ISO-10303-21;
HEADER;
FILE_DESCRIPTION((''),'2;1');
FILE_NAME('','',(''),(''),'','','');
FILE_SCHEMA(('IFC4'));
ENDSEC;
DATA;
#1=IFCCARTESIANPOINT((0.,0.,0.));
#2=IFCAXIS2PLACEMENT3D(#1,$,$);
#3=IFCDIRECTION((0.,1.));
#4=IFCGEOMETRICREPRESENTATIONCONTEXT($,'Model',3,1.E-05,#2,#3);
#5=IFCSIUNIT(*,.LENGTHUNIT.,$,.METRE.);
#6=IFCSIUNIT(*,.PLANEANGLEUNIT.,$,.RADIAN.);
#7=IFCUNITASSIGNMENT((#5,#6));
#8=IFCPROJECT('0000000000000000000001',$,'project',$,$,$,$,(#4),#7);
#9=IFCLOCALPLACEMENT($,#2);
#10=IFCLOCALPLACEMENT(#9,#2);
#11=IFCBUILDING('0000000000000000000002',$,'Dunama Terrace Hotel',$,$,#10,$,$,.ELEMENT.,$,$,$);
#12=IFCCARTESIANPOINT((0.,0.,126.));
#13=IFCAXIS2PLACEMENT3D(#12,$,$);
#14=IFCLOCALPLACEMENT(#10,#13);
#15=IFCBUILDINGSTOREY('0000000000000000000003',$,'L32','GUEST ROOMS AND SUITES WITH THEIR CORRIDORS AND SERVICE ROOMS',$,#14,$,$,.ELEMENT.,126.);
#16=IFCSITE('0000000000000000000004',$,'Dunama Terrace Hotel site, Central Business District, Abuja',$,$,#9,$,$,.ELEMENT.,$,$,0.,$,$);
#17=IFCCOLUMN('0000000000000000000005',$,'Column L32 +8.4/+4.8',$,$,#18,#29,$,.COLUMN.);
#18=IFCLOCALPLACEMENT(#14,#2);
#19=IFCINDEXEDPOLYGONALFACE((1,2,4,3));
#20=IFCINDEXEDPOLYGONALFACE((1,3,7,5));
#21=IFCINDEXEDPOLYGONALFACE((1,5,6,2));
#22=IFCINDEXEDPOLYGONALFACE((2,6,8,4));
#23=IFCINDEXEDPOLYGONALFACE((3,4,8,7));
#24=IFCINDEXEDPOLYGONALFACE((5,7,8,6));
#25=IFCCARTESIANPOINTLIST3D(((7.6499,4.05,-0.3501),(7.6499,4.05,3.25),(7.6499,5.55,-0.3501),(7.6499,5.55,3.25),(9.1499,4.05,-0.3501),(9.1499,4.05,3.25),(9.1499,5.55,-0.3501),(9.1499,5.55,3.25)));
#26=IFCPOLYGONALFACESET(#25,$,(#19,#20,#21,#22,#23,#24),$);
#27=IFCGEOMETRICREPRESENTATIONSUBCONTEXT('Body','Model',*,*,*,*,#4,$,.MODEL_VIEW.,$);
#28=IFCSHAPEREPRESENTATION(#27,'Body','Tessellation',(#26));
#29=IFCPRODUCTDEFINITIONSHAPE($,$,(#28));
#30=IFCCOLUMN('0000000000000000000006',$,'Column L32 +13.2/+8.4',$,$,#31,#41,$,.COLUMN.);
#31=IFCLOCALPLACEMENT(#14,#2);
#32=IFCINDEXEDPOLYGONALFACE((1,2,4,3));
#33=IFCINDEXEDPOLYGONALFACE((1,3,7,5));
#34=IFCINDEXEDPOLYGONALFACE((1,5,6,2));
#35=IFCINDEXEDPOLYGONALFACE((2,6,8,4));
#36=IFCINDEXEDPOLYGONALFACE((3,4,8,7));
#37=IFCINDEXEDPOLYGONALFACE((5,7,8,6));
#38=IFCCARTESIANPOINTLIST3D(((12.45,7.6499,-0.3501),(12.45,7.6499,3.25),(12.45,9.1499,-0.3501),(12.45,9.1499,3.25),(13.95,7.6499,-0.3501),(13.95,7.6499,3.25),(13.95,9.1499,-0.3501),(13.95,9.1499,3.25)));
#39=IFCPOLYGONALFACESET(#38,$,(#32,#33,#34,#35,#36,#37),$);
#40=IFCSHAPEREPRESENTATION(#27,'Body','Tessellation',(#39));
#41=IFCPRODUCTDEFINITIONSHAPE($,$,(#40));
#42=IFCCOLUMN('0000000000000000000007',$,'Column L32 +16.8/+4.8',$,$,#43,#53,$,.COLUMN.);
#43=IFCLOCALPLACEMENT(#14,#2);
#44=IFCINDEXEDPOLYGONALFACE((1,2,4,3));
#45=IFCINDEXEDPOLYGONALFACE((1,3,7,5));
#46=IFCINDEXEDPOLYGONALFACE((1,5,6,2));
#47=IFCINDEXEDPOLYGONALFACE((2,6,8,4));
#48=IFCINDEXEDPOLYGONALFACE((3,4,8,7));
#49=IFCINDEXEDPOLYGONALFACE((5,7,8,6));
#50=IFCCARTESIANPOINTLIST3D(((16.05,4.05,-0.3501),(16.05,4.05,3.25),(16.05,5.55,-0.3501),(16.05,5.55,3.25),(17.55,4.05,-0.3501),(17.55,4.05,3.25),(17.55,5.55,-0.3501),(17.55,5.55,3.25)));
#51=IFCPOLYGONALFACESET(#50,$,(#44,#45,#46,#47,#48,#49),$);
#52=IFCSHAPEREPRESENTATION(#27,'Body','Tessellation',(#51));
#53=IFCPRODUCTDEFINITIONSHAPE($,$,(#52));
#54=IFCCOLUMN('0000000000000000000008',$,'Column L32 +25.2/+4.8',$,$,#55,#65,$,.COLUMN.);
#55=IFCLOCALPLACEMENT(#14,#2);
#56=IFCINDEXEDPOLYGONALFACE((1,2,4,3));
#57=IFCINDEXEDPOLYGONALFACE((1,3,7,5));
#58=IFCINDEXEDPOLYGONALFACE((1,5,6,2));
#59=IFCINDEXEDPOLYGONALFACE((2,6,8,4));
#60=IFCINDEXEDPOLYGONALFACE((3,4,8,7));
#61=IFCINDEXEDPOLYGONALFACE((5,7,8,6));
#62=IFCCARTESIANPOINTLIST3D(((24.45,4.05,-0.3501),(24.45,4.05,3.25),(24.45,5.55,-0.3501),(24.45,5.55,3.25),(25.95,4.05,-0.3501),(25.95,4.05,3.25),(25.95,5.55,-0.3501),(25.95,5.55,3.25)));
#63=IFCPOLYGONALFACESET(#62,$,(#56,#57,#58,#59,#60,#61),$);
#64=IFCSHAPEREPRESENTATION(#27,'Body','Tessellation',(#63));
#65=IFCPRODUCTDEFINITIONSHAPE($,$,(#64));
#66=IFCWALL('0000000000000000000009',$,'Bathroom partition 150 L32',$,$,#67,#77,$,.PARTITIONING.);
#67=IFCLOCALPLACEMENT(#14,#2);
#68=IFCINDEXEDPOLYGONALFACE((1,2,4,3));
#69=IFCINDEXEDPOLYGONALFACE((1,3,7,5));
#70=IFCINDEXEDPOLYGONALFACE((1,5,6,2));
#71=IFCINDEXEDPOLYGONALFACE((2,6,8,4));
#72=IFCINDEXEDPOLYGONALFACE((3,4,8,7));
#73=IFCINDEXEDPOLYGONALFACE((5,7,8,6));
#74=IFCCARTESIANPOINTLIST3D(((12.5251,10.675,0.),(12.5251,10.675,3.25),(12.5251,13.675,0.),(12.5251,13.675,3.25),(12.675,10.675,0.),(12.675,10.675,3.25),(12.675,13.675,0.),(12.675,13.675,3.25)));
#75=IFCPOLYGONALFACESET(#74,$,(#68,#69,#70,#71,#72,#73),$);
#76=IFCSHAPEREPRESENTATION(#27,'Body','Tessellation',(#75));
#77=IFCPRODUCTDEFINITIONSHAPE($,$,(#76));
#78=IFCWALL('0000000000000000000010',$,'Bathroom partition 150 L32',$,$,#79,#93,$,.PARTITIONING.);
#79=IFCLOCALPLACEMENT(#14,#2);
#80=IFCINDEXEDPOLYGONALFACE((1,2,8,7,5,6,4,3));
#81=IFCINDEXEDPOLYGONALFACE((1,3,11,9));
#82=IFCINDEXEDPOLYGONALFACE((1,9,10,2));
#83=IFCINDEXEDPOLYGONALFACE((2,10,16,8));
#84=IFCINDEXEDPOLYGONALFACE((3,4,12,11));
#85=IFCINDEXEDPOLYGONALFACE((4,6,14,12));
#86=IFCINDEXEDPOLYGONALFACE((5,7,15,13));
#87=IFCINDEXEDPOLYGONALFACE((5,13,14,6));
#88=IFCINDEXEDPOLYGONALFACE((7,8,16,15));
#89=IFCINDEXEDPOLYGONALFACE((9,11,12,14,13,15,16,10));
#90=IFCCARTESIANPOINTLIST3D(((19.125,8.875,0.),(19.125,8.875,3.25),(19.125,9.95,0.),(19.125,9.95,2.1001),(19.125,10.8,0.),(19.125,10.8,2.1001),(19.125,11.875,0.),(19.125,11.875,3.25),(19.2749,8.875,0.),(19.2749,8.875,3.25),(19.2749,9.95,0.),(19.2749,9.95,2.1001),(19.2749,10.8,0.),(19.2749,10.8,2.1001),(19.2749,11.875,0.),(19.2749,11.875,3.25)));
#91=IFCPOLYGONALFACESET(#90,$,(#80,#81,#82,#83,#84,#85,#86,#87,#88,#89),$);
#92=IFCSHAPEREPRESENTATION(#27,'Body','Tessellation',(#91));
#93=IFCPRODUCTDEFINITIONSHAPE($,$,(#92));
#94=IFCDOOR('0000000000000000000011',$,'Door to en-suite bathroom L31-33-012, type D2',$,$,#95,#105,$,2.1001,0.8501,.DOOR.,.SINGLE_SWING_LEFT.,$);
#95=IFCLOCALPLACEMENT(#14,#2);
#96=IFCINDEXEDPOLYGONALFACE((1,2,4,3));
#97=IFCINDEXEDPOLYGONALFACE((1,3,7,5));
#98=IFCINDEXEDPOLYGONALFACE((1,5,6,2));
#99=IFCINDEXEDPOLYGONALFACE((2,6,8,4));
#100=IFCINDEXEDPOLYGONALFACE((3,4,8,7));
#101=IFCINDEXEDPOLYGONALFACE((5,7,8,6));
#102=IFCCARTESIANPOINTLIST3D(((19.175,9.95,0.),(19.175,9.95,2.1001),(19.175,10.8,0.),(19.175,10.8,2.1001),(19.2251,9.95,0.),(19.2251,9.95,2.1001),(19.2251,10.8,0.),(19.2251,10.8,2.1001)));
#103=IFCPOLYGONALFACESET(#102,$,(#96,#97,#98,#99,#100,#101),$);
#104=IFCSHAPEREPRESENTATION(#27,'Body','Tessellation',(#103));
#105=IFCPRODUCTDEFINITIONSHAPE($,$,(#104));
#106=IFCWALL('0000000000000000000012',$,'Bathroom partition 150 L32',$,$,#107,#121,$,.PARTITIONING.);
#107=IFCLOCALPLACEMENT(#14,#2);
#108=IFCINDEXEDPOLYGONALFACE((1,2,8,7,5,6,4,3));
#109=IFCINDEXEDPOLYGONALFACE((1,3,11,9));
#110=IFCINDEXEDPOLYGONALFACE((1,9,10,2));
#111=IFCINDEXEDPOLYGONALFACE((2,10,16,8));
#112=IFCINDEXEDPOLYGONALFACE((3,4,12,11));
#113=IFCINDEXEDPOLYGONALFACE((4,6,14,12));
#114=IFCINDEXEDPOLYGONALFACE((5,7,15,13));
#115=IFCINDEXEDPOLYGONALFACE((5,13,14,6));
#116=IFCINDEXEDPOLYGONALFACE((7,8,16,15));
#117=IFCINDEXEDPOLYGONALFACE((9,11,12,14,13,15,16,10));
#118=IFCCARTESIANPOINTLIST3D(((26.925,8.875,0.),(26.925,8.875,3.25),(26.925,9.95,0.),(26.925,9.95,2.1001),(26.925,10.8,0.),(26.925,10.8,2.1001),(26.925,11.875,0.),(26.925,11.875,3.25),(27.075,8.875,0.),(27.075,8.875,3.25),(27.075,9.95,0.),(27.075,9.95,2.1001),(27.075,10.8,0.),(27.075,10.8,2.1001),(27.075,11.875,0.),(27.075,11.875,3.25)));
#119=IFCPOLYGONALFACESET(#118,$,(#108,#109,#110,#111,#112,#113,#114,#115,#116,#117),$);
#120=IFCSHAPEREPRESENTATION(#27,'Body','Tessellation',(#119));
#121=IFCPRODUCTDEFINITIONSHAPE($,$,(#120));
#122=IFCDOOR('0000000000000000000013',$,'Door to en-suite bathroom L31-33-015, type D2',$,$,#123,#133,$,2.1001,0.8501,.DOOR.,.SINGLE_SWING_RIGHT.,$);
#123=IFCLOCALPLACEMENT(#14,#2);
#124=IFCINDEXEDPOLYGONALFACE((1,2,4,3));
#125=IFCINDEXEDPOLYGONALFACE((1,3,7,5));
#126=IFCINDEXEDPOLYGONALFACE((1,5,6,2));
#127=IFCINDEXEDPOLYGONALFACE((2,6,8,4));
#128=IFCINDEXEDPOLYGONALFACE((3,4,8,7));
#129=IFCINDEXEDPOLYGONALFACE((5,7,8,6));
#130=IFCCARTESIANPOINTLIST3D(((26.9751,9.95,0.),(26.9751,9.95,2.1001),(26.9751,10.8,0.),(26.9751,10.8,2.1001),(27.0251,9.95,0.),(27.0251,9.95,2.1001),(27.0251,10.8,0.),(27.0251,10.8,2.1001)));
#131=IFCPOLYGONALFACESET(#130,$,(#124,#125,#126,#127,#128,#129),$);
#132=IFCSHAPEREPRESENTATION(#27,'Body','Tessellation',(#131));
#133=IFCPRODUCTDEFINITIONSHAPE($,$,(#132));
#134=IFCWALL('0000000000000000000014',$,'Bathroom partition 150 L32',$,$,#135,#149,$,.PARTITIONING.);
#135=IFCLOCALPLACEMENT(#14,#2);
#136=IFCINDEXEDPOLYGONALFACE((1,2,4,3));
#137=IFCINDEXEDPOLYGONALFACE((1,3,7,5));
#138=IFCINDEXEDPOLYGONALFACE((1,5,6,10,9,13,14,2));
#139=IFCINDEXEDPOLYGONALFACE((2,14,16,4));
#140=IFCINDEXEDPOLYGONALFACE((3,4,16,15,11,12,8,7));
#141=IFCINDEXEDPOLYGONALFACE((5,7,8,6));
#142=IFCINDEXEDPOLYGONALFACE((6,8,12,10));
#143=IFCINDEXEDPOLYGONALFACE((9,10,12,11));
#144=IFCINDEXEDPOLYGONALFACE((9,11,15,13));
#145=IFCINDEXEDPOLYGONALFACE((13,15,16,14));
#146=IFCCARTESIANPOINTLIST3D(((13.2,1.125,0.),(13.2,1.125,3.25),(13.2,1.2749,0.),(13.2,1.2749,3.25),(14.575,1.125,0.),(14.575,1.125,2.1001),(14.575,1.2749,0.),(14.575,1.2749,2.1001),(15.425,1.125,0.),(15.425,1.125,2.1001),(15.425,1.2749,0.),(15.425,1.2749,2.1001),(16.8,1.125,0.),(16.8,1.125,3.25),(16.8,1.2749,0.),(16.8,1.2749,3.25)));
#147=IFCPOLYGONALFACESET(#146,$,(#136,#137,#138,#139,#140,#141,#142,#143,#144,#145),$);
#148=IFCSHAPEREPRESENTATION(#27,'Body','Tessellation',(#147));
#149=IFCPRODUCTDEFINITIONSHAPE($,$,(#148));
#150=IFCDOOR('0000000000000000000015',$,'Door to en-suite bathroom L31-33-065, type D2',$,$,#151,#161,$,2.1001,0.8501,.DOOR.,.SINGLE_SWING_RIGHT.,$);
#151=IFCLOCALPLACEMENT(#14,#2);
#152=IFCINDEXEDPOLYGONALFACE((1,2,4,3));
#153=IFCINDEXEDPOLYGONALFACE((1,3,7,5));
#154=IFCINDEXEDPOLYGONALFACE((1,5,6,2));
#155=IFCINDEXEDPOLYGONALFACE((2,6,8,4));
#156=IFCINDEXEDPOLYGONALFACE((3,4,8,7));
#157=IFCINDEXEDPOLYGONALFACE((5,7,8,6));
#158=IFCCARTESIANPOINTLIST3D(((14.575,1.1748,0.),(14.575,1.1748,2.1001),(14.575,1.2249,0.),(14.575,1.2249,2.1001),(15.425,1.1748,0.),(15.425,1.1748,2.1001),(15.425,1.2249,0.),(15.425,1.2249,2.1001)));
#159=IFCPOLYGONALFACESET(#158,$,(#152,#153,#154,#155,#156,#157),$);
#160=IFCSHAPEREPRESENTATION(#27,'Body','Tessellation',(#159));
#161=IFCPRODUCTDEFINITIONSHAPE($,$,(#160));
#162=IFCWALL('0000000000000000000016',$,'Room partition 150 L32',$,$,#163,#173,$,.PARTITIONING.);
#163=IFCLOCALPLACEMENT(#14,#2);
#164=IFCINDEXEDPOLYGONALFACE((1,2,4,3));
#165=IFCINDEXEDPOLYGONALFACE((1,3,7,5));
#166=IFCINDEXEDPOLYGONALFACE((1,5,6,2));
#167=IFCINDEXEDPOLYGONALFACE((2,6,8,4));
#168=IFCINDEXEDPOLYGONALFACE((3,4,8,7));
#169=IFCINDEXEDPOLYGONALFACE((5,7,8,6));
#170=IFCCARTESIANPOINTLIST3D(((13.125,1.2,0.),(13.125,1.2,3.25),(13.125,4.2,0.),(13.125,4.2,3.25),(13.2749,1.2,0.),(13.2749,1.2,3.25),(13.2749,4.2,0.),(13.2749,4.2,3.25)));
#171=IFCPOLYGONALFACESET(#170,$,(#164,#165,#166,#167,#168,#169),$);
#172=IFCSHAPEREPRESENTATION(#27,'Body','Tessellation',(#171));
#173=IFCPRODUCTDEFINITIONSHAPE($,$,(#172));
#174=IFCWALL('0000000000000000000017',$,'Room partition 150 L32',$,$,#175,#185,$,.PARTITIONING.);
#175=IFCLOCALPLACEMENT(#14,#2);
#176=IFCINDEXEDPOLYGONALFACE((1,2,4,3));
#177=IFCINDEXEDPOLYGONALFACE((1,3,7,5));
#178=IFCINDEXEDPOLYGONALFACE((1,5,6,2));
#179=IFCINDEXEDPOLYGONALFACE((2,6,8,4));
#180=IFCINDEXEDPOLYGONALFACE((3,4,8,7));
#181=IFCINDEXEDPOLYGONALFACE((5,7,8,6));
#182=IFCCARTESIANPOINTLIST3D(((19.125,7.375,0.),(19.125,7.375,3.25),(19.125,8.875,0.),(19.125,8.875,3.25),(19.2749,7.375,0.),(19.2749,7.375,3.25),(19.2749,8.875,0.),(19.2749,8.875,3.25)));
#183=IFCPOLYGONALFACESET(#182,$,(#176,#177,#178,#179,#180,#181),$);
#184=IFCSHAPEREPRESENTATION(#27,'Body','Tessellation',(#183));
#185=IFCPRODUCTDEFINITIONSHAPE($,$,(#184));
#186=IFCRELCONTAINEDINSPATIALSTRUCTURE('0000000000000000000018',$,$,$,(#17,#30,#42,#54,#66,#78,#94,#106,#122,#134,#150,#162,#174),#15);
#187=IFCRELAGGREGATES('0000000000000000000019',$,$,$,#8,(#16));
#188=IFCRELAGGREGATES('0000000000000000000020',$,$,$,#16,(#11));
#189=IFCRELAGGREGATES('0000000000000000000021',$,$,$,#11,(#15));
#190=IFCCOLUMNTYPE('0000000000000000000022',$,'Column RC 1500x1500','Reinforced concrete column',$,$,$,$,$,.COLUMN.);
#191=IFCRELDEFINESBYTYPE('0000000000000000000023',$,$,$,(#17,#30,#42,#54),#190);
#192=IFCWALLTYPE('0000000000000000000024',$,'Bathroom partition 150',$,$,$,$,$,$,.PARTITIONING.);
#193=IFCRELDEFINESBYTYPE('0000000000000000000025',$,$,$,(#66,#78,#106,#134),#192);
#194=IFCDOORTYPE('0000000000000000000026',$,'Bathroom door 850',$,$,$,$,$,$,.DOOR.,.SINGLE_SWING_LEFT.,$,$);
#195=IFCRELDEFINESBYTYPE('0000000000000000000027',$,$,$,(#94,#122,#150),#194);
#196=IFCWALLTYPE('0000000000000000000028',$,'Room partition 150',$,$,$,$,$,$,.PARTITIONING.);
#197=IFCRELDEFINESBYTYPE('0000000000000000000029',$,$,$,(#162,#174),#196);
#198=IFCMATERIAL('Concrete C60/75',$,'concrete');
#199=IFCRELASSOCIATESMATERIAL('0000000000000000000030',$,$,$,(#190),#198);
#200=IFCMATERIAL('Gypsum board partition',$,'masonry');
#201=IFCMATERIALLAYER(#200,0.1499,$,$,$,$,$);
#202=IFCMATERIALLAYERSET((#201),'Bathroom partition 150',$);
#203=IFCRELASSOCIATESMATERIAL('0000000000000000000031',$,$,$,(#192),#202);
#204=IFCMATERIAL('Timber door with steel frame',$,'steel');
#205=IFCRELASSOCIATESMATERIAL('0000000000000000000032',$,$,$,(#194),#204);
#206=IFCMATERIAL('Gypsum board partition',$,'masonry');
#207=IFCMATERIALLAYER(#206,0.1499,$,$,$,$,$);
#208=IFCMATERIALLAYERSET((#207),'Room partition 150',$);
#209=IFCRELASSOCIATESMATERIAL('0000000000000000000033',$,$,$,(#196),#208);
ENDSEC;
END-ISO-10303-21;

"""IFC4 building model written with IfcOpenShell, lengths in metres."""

from ifc_helpers import new_model, si_unit, direction, frame, frame_2d, origin, origin_2d, place, context, subcontext, project, spatial, rectangle, extrude, material, layer, layer_set, material_profile, profile_set, type_object, element, fill, save


model = new_model("IFC4")

# Units and contexts
model_context = context("Model", 3, precision=1e-05, world=origin(), true_north=direction((0.0, 1.0)))
body_context = subcontext(model_context, "Body", "Model", "MODEL_VIEW")
ifc_project = project(units=[si_unit("LENGTHUNIT", "METRE"), si_unit("PLANEANGLEUNIT", "RADIAN")], contexts=[model_context])

# Site, building, storey
site_placement = place(None, origin())
site = spatial("IfcSite", under=ifc_project, at=site_placement, Name="Dunama Terrace Hotel site, Central Business District, Abuja", CompositionType="ELEMENT", RefElevation=0.0)
building_placement = place(site_placement, origin())
building = spatial("IfcBuilding", under=site, at=building_placement, Name="Dunama Terrace Hotel", CompositionType="ELEMENT")
storey_placement = place(building_placement, frame((0.0, 0.0, 126.0)))
storey = spatial("IfcBuildingStorey", under=building, at=storey_placement, Name="L32", Description="GUEST ROOMS AND SUITES WITH THEIR CORRIDORS AND SERVICE ROOMS", CompositionType="ELEMENT", Elevation=126.0)

# Columns
ifc_material_1 = material(Name="Concrete C60/75", Category="concrete")
ifc_material_profile = material_profile(ifc_material_1, rectangle(XDim=1.5, YDim=1.5, at=origin_2d()), Name="RC 1500x1500")
ifc_profile_set = profile_set([ifc_material_profile], Name="Concrete C60/75")
column_type = type_object("IfcColumnType", Name="Column RC 1500x1500", Description="Reinforced concrete column", PredefinedType="COLUMN", material=ifc_profile_set)
for number, where, z_axis, x_axis, name in (
    (1, (8.3999, 4.8, -0.3501), (0.0, 0.0, 1.0), (1.0, 0.0, 0.0), "Column L32 +8.4/+4.8"),
    (2, (13.2, 8.3999, -0.3501), (0.0, 0.0, 1.0), (1.0, 0.0, 0.0), "Column L32 +13.2/+8.4"),
    (3, (16.8, 4.8, -0.3501), (0.0, 0.0, 1.0), (1.0, 0.0, 0.0), "Column L32 +16.8/+4.8"),
    (4, (25.2, 4.8, -0.3501), (0.0, 0.0, 1.0), (1.0, 0.0, 0.0), "Column L32 +25.2/+4.8"),
):
    element("IfcColumn", number, at=place(storey_placement, frame(where, z_axis=z_axis, x_axis=x_axis)), inside=storey, type_object=column_type, Name=name, PredefinedType="COLUMN", context=body_context, shape_type="SweptSolid", body=[
        extrude(rectangle(XDim=1.5, YDim=1.5, at=origin_2d()), origin(), (0.0, 0.0, 1.0), 3.6001),
    ])

# Wall
ifc_material_2 = material(Name="Gypsum board partition", Category="masonry")
ifc_layer_1 = layer(ifc_material_2, 0.1499)
ifc_layer_set_1 = layer_set([ifc_layer_1], Name="Bathroom partition 150")
wall_type_1 = type_object("IfcWallType", Name="Bathroom partition 150", PredefinedType="PARTITIONING", material=ifc_layer_set_1)
wall_1_placement = place(storey_placement, frame((12.6001, 10.675, 0.0), z_axis=(0.0, 0.0, 1.0), x_axis=(0.0, 1.0, 0.0)))
element("IfcWall", 5, at=wall_1_placement, inside=storey, type_object=wall_type_1, Name="Bathroom partition 150 L32", PredefinedType="PARTITIONING", context=body_context, shape_type="SweptSolid", body=[
    extrude(rectangle(XDim=3.0, YDim=0.1499, at=frame_2d((1.5, 0.0))), origin(), (0.0, 0.0, 1.0), 3.25),
])

# Walls, openings, doors
wall_2_placement = place(storey_placement, frame((19.2, 8.875, 0.0), z_axis=(0.0, 0.0, 1.0), x_axis=(0.0, 1.0, 0.0)))
wall_2 = element("IfcWall", 6, at=wall_2_placement, inside=storey, type_object=wall_type_1, Name="Bathroom partition 150 L32", PredefinedType="PARTITIONING", context=body_context, shape_type="SweptSolid", body=[
    extrude(rectangle(XDim=3.0, YDim=0.1499, at=frame_2d((1.5, 0.0))), origin(), (0.0, 0.0, 1.0), 3.25),
])
opening_1_placement = place(wall_2_placement, frame((1.075, 0.0, 0.0)))
opening_1 = element("IfcOpeningElement", 7, at=opening_1_placement, cuts=wall_2, PredefinedType="OPENING", context=body_context, shape_type="SweptSolid", body=[
    extrude(rectangle(XDim=0.8501, YDim=2.1001, at=frame_2d((0.425, 1.05))), frame((0.0, 0.085, 0.0), z_axis=(0.0, -1.0, 0.0), x_axis=(1.0, 0.0, 0.0)), (0.0, 0.0, 1.0), 0.1699),
])
ifc_material_3 = material(Name="Timber door with steel frame", Category="steel")
door_type_1 = type_object("IfcDoorType", Name="Bathroom door 850", OperationType="SINGLE_SWING_LEFT", PredefinedType="DOOR", material=ifc_material_3)
door_1_placement = place(opening_1_placement, origin())
door_1 = element("IfcDoor", 8, at=door_1_placement, inside=storey, type_object=door_type_1, Name="Door to en-suite bathroom L31-33-012, type D2", OperationType="SINGLE_SWING_LEFT", OverallHeight=2.1001, OverallWidth=0.8501, PredefinedType="DOOR", context=body_context, shape_type="SweptSolid", body=[
    extrude(rectangle(XDim=0.8501, YDim=2.1001, at=frame_2d((0.425, 1.05))), frame((0.0, 0.0249, 0.0), z_axis=(0.0, -1.0, 0.0), x_axis=(1.0, 0.0, 0.0)), (0.0, 0.0, 1.0), 0.05),
])
fill(opening_1, door_1)
wall_3_placement = place(storey_placement, frame((27.0, 8.875, 0.0), z_axis=(0.0, 0.0, 1.0), x_axis=(0.0, 1.0, 0.0)))
wall_3 = element("IfcWall", 9, at=wall_3_placement, inside=storey, type_object=wall_type_1, Name="Bathroom partition 150 L32", PredefinedType="PARTITIONING", context=body_context, shape_type="SweptSolid", body=[
    extrude(rectangle(XDim=3.0, YDim=0.1499, at=frame_2d((1.5, 0.0))), origin(), (0.0, 0.0, 1.0), 3.25),
])
opening_2_placement = place(wall_3_placement, frame((1.075, 0.0, 0.0)))
opening_2 = element("IfcOpeningElement", 10, at=opening_2_placement, cuts=wall_3, PredefinedType="OPENING", context=body_context, shape_type="SweptSolid", body=[
    extrude(rectangle(XDim=0.8501, YDim=2.1001, at=frame_2d((0.425, 1.05))), frame((0.0, 0.085, 0.0), z_axis=(0.0, -1.0, 0.0), x_axis=(1.0, 0.0, 0.0)), (0.0, 0.0, 1.0), 0.1699),
])
door_2_placement = place(opening_2_placement, frame((0.8501, 0.0, 0.0), z_axis=(0.0, 0.0, 1.0), x_axis=(-1.0, 0.0, 0.0)))
door_2 = element("IfcDoor", 11, at=door_2_placement, inside=storey, type_object=door_type_1, Name="Door to en-suite bathroom L31-33-015, type D2", OperationType="SINGLE_SWING_RIGHT", OverallHeight=2.1001, OverallWidth=0.8501, PredefinedType="DOOR", context=body_context, shape_type="SweptSolid", body=[
    extrude(rectangle(XDim=0.8501, YDim=2.1001, at=frame_2d((0.425, 1.05))), frame((0.0, 0.0251, 0.0), z_axis=(0.0, -1.0, 0.0), x_axis=(1.0, 0.0, 0.0)), (0.0, 0.0, 1.0), 0.05),
])
fill(opening_2, door_2)
wall_4_placement = place(storey_placement, frame((13.2, 1.2, 0.0), z_axis=(0.0, 0.0, 1.0), x_axis=(1.0, 0.0, 0.0)))
wall_4 = element("IfcWall", 12, at=wall_4_placement, inside=storey, type_object=wall_type_1, Name="Bathroom partition 150 L32", PredefinedType="PARTITIONING", context=body_context, shape_type="SweptSolid", body=[
    extrude(rectangle(XDim=3.6001, YDim=0.1499, at=frame_2d((1.8, 0.0))), origin(), (0.0, 0.0, 1.0), 3.25),
])
opening_3_placement = place(wall_4_placement, frame((1.375, 0.0, 0.0)))
opening_3 = element("IfcOpeningElement", 13, at=opening_3_placement, cuts=wall_4, PredefinedType="OPENING", context=body_context, shape_type="SweptSolid", body=[
    extrude(rectangle(XDim=0.8501, YDim=2.1001, at=frame_2d((0.425, 1.05))), frame((0.0, 0.085, 0.0), z_axis=(0.0, -1.0, 0.0), x_axis=(1.0, 0.0, 0.0)), (0.0, 0.0, 1.0), 0.1699),
])
door_3_placement = place(opening_3_placement, origin())
door_3 = element("IfcDoor", 14, at=door_3_placement, inside=storey, type_object=door_type_1, Name="Door to en-suite bathroom L31-33-065, type D2", OperationType="SINGLE_SWING_RIGHT", OverallHeight=2.1001, OverallWidth=0.8501, PredefinedType="DOOR", context=body_context, shape_type="SweptSolid", body=[
    extrude(rectangle(XDim=0.8501, YDim=2.1001, at=frame_2d((0.425, 1.05))), frame((0.0, 0.0249, 0.0), z_axis=(0.0, -1.0, 0.0), x_axis=(1.0, 0.0, 0.0)), (0.0, 0.0, 1.0), 0.05),
])
fill(opening_3, door_3)

# Walls
ifc_material_4 = material(Name="Gypsum board partition", Category="masonry")
ifc_layer_2 = layer(ifc_material_4, 0.1499)
ifc_layer_set_2 = layer_set([ifc_layer_2], Name="Room partition 150")
wall_type_2 = type_object("IfcWallType", Name="Room partition 150", PredefinedType="PARTITIONING", material=ifc_layer_set_2)
wall_5_placement = place(storey_placement, frame((13.2, 1.2, 0.0), z_axis=(0.0, 0.0, 1.0), x_axis=(0.0, 1.0, 0.0)))
element("IfcWall", 15, at=wall_5_placement, inside=storey, type_object=wall_type_2, Name="Room partition 150 L32", PredefinedType="PARTITIONING", context=body_context, shape_type="SweptSolid", body=[
    extrude(rectangle(XDim=3.0, YDim=0.1499, at=frame_2d((1.5, 0.0))), origin(), (0.0, 0.0, 1.0), 3.25),
])
for number, where, z_axis, x_axis, name in (
    (16, (19.2, 7.375, 0.0), (0.0, 0.0, 1.0), (0.0, 1.0, 0.0), "Room partition 150 L32"),
):
    element("IfcWall", number, at=place(storey_placement, frame(where, z_axis=z_axis, x_axis=x_axis)), inside=storey, type_object=wall_type_2, Name=name, PredefinedType="PARTITIONING", context=body_context, shape_type="SweptSolid", body=[
        extrude(rectangle(XDim=1.5, YDim=0.1499, at=frame_2d((0.75, 0.0))), origin(), (0.0, 0.0, 1.0), 3.25),
    ])

save(model, "model.ifc")
